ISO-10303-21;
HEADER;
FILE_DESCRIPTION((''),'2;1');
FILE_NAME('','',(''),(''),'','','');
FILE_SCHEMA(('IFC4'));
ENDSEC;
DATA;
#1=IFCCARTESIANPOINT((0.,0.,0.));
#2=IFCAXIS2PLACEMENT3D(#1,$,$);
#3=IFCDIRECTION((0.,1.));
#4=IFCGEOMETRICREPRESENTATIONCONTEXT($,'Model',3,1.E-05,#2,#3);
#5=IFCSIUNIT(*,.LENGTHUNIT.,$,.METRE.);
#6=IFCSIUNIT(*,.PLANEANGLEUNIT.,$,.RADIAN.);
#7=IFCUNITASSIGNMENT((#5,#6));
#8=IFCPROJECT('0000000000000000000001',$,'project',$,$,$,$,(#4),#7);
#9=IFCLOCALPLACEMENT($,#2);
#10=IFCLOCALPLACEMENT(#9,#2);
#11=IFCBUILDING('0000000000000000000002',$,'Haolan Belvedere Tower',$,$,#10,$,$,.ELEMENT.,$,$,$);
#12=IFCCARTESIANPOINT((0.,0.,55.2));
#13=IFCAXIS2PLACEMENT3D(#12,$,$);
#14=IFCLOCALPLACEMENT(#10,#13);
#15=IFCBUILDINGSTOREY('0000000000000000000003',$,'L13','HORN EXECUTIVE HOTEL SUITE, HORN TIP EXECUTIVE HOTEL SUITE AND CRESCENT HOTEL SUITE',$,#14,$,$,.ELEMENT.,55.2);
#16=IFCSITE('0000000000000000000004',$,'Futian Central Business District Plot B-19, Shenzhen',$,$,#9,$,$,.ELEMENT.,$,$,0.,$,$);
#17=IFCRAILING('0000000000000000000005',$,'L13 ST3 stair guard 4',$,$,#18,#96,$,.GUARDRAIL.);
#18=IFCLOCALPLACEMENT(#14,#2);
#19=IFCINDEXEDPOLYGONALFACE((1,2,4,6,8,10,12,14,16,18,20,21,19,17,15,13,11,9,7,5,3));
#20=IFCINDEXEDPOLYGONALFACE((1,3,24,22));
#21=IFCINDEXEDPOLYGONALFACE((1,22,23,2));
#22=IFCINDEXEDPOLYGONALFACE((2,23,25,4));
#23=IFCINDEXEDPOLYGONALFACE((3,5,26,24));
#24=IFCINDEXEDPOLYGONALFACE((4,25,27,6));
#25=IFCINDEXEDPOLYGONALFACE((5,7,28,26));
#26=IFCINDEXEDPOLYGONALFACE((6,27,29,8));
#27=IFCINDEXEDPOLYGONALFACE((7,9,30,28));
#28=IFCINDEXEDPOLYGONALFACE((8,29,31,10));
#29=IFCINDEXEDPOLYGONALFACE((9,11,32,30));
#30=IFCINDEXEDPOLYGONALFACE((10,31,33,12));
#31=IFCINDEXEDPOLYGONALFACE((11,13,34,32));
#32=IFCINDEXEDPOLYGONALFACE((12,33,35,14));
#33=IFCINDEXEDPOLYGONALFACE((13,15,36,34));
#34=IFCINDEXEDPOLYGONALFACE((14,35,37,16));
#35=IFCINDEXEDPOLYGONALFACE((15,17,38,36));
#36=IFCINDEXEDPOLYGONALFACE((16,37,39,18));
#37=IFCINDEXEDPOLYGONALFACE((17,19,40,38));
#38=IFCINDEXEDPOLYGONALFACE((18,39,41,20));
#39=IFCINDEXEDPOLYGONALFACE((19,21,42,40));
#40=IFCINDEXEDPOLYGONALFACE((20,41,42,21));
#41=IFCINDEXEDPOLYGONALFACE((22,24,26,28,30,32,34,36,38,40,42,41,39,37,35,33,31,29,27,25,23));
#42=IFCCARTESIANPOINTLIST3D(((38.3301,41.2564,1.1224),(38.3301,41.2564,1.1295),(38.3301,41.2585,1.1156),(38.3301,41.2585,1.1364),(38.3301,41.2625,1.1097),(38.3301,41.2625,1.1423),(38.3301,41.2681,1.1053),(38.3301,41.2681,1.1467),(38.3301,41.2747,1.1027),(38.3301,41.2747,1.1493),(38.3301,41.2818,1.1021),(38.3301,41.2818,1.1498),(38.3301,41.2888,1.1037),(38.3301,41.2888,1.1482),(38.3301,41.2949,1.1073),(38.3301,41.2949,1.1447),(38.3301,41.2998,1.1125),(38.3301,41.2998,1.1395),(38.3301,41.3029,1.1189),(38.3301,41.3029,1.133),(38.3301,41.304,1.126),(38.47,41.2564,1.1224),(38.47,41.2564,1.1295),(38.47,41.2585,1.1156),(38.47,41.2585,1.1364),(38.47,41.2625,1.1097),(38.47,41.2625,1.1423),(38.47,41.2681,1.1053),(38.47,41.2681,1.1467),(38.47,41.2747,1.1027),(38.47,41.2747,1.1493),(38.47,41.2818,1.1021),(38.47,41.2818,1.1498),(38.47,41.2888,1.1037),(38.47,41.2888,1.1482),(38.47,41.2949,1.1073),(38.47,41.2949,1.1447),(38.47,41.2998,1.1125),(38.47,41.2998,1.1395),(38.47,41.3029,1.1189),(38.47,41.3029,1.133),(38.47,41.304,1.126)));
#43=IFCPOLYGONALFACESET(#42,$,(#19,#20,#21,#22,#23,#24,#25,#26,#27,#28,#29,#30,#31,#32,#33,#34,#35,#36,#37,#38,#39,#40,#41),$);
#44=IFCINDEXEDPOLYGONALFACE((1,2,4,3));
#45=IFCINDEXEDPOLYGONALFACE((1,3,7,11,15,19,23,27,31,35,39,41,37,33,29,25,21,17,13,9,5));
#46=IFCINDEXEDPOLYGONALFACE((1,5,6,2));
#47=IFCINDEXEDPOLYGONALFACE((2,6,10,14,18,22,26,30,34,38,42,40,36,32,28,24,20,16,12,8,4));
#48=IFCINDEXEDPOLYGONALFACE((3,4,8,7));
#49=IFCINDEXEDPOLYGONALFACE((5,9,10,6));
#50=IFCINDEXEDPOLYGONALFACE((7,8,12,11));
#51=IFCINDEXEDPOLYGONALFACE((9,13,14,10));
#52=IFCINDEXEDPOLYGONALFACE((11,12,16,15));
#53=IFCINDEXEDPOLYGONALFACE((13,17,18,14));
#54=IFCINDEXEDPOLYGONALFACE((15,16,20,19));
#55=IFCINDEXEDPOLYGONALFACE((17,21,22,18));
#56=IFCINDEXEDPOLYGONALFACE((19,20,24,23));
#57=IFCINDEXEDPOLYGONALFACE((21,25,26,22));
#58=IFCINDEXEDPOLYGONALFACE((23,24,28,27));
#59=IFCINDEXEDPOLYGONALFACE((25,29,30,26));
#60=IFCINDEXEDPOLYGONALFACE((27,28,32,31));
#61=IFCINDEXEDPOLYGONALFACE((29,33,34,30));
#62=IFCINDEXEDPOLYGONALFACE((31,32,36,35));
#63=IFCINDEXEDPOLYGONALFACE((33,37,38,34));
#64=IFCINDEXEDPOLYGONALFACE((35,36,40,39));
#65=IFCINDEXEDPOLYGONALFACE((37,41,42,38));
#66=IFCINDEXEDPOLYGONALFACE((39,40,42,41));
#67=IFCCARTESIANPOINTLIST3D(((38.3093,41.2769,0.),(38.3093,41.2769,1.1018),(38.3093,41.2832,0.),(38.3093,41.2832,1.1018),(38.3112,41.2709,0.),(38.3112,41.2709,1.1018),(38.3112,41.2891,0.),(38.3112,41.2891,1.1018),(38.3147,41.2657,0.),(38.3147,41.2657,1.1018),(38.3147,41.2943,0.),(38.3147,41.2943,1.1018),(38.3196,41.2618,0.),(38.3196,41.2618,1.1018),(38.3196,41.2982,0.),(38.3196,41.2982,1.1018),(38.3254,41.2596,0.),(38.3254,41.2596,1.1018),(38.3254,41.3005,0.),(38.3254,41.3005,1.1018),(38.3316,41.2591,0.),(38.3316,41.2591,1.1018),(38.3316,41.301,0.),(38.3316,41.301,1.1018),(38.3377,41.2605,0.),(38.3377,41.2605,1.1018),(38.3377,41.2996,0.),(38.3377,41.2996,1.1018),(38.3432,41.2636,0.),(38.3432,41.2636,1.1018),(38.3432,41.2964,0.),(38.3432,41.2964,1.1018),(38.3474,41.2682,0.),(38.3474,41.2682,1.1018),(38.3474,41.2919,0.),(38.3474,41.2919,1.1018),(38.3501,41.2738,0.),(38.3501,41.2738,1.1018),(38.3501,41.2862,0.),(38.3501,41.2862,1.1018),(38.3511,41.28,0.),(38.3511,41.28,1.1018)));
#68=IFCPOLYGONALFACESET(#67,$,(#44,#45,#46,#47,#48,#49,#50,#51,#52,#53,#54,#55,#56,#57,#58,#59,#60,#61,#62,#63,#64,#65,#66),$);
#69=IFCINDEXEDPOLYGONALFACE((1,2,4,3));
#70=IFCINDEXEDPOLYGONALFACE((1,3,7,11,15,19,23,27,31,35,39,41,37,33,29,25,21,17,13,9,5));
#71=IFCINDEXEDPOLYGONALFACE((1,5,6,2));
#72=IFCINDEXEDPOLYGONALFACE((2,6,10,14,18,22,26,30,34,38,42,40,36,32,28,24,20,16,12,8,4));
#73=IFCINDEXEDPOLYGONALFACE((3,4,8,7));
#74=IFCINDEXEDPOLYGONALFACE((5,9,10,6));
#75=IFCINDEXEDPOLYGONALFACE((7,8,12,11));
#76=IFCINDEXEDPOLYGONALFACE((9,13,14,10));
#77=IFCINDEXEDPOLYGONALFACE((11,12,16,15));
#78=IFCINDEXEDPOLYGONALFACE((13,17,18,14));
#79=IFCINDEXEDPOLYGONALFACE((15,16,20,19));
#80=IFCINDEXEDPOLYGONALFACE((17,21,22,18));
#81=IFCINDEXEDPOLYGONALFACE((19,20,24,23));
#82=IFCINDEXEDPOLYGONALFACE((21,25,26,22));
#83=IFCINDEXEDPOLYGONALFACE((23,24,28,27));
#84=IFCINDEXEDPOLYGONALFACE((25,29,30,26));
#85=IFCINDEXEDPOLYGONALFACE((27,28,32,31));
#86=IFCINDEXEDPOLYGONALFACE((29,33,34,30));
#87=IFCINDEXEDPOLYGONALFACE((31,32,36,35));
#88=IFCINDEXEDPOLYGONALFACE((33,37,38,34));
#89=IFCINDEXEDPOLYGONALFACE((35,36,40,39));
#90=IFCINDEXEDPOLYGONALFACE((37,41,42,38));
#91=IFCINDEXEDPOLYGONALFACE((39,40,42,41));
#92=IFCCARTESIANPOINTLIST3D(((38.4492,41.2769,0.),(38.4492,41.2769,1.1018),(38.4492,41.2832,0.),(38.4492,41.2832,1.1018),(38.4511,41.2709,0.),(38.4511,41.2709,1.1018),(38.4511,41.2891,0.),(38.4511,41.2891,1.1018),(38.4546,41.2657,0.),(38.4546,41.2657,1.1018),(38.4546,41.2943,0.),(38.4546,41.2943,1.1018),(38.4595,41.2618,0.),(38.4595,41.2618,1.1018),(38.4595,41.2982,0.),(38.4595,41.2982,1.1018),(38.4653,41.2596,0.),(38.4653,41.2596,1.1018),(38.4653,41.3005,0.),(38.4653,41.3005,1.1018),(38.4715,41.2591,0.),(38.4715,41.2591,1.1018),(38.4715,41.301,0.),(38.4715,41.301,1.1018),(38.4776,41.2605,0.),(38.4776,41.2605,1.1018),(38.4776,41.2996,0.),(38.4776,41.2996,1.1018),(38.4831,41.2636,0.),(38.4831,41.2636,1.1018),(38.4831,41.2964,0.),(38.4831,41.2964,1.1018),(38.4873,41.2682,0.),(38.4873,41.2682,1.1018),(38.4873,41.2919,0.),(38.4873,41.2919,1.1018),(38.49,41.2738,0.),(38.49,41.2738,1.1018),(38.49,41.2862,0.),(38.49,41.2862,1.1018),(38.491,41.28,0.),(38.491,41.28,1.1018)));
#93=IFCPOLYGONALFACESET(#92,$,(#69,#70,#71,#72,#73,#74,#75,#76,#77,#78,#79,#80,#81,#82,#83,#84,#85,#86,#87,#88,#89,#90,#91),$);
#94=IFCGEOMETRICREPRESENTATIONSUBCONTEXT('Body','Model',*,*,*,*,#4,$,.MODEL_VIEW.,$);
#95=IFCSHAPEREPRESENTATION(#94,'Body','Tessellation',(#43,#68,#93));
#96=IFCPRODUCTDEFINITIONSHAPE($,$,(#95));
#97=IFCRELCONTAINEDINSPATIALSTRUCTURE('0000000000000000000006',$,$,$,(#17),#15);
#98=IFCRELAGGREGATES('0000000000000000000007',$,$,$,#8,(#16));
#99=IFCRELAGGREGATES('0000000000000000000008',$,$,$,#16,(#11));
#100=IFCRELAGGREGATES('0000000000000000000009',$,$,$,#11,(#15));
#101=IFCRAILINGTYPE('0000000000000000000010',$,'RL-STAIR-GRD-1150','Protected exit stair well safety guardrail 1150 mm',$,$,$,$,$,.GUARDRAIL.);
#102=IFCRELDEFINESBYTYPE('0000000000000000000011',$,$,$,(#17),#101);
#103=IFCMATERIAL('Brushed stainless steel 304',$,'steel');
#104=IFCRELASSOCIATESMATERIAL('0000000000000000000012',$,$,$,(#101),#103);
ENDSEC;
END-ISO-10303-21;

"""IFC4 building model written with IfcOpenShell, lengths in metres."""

from ifc_helpers import new_model, si_unit, direction, frame, origin, origin_2d, place, context, subcontext, project, spatial, circle, extrude, material, type_object, element, save


model = new_model("IFC4")

# Units and contexts
model_context = context("Model", 3, precision=1e-05, world=origin(), true_north=direction((0.0, 1.0)))
body_context = subcontext(model_context, "Body", "Model", "MODEL_VIEW")
ifc_project = project(units=[si_unit("LENGTHUNIT", "METRE"), si_unit("PLANEANGLEUNIT", "RADIAN")], contexts=[model_context])

# Site, building, storey
site_placement = place(None, origin())
site = spatial("IfcSite", under=ifc_project, at=site_placement, Name="Futian Central Business District Plot B-19, Shenzhen", CompositionType="ELEMENT", RefElevation=0.0)
building_placement = place(site_placement, origin())
building = spatial("IfcBuilding", under=site, at=building_placement, Name="Haolan Belvedere Tower", CompositionType="ELEMENT")
storey_placement = place(building_placement, frame((0.0, 0.0, 55.2)))
storey = spatial("IfcBuildingStorey", under=building, at=storey_placement, Name="L13", Description="HORN EXECUTIVE HOTEL SUITE, HORN TIP EXECUTIVE HOTEL SUITE AND CRESCENT HOTEL SUITE", CompositionType="ELEMENT", Elevation=55.2)

# Railing
ifc_material_1 = material(Name="Brushed stainless steel 304", Category="steel")
railing_type_1 = type_object("IfcRailingType", Name="RL-STAIR-GRD-1150", Description="Protected exit stair well safety guardrail 1150 mm", PredefinedType="GUARDRAIL", material=ifc_material_1)
railing_1_placement = place(storey_placement, frame((38.3301, 41.28, 0.0)))
element("IfcRailing", 1, at=railing_1_placement, inside=storey, type_object=railing_type_1, Name="L13 ST3 stair guard 4", PredefinedType="GUARDRAIL", context=body_context, shape_type="SweptSolid", body=[
    extrude(circle(Radius=0.0239, at=origin_2d()), frame((0.0, 0.0, 1.126), z_axis=(1.0, 0.0, 0.0), x_axis=(0.0, 1.0, 0.0)), (0.0, 0.0, 1.0), 0.1399),
    extrude(circle(Radius=0.021, at=origin_2d()), origin(), (0.0, 0.0, 1.0), 1.1018),
    extrude(circle(Radius=0.021, at=origin_2d()), frame((0.1399, 0.0, 0.0)), (0.0, 0.0, 1.0), 1.1018),
])

save(model, "model.ifc")
